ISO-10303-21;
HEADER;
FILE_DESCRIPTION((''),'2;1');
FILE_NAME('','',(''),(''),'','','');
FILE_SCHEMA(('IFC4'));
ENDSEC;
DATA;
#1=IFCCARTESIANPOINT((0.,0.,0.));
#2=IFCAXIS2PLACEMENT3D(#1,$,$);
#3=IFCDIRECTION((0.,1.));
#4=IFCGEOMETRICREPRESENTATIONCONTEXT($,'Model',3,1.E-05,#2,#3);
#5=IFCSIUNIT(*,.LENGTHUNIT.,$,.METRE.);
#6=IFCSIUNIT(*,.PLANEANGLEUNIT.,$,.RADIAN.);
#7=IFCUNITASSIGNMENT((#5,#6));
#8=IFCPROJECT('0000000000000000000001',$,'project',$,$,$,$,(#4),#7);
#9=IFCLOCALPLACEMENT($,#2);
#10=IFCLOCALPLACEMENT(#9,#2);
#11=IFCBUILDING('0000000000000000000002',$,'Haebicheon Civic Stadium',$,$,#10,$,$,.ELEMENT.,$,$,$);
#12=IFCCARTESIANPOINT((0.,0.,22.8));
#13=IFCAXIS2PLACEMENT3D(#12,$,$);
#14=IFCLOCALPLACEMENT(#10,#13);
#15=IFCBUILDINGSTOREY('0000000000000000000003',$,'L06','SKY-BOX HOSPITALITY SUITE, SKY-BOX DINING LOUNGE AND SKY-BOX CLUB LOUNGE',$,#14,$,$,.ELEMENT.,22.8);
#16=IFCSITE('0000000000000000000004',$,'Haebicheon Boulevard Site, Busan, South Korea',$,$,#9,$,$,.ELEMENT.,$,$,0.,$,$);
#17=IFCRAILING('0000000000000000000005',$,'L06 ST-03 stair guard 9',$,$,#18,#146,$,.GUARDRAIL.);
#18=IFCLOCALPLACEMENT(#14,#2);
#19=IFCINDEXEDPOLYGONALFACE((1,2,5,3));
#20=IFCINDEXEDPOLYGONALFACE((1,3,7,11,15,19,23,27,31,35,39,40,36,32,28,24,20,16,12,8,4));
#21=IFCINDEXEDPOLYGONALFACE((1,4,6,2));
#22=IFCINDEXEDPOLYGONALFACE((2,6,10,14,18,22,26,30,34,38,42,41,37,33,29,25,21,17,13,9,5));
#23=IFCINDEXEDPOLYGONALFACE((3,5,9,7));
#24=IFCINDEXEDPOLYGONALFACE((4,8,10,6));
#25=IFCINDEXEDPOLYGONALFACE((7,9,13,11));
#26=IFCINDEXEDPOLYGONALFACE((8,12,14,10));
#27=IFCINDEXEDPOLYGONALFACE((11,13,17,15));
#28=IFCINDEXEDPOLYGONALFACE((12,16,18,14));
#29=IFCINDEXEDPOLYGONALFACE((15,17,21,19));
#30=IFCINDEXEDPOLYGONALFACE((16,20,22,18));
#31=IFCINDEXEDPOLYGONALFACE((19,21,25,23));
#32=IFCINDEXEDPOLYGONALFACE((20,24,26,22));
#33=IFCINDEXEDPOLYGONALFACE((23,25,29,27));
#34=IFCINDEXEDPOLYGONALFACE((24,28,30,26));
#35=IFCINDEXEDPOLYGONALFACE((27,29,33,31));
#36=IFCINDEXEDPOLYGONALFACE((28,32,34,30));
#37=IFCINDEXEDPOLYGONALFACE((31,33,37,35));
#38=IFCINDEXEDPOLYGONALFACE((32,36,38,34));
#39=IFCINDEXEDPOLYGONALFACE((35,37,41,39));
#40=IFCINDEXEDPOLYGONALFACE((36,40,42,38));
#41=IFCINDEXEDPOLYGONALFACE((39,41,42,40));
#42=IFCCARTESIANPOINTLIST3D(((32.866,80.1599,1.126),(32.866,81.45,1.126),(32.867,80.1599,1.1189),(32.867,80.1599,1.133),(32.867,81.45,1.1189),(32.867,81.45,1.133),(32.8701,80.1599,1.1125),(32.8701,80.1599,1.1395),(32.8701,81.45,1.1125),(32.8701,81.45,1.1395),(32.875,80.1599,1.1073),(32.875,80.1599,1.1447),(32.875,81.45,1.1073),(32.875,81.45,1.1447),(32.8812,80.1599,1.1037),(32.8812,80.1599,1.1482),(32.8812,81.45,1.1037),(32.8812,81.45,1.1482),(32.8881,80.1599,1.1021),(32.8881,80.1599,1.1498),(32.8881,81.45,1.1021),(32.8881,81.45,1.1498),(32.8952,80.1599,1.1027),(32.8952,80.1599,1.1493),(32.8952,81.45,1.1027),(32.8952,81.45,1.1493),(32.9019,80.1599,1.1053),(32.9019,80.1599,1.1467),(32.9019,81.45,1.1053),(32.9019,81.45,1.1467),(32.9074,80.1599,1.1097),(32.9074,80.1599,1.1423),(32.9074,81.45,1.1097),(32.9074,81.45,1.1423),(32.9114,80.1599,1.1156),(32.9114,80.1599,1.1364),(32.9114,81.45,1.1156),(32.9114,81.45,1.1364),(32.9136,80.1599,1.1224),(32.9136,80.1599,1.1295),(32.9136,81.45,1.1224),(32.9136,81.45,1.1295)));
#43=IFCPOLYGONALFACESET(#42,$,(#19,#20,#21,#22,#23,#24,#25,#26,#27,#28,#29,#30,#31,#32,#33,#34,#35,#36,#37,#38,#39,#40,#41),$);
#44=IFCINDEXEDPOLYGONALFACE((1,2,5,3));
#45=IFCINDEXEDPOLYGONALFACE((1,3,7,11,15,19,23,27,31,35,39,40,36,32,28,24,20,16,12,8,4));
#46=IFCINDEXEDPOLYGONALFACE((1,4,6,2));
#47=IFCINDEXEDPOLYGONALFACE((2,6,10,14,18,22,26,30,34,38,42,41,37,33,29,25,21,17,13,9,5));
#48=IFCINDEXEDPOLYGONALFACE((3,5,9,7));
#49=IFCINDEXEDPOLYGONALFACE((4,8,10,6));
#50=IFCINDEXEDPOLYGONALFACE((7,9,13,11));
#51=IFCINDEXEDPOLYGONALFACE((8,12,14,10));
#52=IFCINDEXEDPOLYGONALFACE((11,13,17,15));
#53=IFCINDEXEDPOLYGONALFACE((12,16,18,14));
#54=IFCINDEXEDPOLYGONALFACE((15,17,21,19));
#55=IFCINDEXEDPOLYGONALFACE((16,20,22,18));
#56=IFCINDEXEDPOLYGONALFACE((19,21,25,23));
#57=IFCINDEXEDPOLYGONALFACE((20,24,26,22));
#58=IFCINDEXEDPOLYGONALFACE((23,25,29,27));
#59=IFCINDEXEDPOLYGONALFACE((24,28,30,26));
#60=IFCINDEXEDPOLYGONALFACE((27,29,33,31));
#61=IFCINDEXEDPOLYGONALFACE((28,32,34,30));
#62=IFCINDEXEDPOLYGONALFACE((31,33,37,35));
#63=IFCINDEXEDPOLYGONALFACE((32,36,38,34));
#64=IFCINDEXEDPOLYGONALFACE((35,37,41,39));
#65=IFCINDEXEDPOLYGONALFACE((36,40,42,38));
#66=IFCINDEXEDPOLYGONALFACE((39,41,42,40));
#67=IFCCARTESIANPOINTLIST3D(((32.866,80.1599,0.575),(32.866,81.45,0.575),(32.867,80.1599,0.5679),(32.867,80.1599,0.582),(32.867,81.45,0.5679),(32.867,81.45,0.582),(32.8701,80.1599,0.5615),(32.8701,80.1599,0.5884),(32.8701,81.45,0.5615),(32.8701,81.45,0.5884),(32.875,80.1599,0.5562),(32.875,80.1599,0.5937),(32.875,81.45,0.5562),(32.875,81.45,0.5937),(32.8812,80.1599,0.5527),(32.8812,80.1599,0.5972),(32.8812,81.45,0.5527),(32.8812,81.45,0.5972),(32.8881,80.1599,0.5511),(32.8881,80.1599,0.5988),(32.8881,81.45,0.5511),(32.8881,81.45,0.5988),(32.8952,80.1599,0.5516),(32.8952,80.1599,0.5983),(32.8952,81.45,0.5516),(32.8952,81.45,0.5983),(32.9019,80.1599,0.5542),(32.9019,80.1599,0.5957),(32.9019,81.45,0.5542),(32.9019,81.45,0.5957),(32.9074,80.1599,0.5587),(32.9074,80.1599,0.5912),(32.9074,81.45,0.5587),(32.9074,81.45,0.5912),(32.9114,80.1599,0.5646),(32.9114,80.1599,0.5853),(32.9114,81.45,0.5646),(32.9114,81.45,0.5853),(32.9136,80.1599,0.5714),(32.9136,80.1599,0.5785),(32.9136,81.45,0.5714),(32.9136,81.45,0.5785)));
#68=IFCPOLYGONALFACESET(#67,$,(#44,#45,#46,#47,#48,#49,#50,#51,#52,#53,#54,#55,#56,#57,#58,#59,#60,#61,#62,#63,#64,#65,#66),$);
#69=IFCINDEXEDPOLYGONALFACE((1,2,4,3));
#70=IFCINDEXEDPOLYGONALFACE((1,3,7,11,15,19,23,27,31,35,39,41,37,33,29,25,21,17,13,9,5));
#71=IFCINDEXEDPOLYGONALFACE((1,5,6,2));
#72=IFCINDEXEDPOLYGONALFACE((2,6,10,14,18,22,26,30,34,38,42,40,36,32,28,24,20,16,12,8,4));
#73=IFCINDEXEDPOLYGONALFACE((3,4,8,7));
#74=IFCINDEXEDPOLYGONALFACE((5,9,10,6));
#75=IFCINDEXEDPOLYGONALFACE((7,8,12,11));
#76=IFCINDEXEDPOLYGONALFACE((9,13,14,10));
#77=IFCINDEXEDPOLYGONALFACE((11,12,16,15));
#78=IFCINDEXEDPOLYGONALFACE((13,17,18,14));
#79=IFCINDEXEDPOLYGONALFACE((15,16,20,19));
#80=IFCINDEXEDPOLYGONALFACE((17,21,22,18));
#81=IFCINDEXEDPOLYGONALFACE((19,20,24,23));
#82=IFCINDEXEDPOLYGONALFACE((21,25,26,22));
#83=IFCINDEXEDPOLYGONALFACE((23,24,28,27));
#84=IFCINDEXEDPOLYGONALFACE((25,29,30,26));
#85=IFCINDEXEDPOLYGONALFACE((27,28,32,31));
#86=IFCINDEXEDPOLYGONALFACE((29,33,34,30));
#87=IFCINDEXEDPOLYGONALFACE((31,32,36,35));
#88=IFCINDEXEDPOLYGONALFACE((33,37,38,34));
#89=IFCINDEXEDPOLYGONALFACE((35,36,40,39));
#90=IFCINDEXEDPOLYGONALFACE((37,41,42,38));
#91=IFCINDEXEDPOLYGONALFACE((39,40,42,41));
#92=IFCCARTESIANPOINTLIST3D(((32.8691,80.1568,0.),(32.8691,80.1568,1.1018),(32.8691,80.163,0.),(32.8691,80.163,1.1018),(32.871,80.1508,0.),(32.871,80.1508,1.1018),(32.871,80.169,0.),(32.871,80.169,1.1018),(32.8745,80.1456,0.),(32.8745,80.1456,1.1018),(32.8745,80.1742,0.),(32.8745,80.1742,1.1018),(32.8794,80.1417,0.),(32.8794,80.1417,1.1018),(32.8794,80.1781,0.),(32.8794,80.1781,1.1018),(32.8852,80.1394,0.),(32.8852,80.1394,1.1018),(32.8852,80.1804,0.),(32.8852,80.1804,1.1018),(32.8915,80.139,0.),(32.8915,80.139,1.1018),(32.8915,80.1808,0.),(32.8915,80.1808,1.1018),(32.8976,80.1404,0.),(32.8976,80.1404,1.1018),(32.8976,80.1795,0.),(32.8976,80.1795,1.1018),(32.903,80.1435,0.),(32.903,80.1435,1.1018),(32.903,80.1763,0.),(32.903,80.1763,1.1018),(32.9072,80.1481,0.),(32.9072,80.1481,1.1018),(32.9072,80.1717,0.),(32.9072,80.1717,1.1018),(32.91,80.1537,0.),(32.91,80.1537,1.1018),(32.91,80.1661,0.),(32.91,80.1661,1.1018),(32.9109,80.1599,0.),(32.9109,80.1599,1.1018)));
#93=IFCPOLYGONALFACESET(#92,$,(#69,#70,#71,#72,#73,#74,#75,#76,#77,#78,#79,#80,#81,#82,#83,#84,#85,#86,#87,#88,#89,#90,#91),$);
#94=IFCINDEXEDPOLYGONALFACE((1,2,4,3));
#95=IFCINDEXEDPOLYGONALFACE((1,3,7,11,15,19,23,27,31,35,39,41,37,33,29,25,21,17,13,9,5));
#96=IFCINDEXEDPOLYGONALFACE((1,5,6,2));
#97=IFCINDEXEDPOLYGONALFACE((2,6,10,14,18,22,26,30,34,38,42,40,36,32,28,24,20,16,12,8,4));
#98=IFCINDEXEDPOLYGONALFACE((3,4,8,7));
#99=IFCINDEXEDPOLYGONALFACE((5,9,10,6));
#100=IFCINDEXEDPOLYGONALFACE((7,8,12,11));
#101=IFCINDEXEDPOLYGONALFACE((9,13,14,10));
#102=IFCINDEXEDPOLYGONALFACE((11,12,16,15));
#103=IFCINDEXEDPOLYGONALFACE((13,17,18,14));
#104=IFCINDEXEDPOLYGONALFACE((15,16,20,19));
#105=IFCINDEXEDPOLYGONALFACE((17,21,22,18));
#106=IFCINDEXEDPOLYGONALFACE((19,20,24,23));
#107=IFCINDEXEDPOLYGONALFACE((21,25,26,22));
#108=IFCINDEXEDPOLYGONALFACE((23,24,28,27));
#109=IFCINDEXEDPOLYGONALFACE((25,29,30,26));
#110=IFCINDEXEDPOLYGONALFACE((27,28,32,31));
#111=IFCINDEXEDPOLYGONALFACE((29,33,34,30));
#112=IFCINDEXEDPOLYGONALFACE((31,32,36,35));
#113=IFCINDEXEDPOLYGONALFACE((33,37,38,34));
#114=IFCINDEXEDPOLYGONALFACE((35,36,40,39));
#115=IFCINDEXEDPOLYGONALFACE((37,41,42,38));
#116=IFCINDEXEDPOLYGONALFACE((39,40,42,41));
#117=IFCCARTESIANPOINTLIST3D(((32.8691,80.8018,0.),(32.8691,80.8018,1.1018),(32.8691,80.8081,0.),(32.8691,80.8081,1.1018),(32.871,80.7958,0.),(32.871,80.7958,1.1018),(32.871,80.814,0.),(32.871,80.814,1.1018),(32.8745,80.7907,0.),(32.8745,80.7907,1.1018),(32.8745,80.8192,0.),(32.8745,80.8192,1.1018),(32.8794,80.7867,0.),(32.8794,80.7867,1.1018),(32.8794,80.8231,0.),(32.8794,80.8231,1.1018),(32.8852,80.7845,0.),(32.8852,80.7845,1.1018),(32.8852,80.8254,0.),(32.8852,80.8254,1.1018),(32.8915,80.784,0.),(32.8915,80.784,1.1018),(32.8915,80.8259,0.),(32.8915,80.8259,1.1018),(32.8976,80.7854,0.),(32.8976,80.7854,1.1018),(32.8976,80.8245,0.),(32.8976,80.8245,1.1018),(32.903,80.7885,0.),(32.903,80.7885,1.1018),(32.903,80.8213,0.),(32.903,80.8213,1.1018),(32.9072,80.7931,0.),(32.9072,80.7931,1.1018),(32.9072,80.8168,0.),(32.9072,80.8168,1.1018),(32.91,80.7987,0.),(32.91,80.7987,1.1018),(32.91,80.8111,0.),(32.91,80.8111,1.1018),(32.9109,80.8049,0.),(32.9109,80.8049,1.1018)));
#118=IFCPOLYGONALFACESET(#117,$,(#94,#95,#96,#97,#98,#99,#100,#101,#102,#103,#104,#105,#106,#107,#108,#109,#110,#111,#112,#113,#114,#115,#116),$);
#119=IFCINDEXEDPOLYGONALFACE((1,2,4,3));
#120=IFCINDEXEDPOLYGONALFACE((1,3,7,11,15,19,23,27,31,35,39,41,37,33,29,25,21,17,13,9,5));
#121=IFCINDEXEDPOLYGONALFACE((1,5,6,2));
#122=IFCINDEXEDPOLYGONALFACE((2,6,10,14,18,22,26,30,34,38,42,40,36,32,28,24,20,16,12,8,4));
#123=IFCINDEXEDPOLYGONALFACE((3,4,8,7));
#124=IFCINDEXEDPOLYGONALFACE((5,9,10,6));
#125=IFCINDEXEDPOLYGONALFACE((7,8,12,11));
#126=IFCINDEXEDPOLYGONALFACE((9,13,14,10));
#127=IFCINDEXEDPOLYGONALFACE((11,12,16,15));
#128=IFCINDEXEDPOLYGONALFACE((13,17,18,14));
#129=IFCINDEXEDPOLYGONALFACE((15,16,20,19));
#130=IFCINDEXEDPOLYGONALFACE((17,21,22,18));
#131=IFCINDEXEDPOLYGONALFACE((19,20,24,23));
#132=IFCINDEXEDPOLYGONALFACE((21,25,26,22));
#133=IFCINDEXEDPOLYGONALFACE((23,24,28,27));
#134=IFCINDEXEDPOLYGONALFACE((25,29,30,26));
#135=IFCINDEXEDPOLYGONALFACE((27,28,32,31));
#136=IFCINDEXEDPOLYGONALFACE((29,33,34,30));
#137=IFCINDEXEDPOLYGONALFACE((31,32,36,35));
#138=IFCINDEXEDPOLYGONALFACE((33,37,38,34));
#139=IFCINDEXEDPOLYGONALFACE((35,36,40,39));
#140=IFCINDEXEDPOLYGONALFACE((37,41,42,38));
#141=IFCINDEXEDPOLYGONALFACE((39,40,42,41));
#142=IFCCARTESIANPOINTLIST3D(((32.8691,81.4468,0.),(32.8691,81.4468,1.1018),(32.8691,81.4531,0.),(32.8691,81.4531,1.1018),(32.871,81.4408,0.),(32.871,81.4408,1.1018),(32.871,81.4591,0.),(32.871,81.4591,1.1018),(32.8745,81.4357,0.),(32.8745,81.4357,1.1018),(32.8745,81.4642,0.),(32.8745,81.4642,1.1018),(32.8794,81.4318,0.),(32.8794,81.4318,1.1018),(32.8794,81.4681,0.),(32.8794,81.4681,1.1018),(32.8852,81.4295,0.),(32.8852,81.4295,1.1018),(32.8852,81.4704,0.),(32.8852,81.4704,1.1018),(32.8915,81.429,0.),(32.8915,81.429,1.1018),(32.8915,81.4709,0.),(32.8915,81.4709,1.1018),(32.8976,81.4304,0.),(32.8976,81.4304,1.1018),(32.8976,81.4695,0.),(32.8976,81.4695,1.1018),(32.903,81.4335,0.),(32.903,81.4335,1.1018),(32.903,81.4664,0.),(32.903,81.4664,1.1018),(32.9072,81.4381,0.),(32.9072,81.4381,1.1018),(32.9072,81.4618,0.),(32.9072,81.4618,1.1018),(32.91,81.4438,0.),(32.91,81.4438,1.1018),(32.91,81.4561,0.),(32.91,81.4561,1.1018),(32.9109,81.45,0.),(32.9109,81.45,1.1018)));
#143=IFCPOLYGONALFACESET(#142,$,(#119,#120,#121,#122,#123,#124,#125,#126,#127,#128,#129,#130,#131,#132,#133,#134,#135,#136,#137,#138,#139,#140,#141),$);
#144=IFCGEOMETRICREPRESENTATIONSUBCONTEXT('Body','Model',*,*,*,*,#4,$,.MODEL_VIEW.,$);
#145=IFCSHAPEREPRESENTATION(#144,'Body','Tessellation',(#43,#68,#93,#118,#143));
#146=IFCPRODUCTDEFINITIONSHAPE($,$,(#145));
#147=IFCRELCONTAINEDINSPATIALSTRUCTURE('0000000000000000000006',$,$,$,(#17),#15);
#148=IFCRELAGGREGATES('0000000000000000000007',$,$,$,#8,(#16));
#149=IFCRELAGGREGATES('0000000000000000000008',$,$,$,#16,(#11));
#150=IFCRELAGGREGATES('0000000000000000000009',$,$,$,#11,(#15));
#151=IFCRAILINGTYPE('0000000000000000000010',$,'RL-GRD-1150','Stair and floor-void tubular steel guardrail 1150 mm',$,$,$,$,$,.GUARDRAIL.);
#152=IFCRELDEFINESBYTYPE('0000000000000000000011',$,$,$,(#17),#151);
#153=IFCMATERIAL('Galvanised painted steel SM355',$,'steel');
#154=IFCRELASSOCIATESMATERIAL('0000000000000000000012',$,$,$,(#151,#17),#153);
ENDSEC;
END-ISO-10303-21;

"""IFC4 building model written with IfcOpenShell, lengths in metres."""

from ifc_helpers import new_model, si_unit, direction, frame, origin, origin_2d, place, context, subcontext, project, spatial, circle, extrude, material, type_object, element, save


model = new_model("IFC4")

# Units and contexts
model_context = context("Model", 3, precision=1e-05, world=origin(), true_north=direction((0.0, 1.0)))
body_context = subcontext(model_context, "Body", "Model", "MODEL_VIEW")
ifc_project = project(units=[si_unit("LENGTHUNIT", "METRE"), si_unit("PLANEANGLEUNIT", "RADIAN")], contexts=[model_context])

# Site, building, storey
site_placement = place(None, origin())
site = spatial("IfcSite", under=ifc_project, at=site_placement, Name="Haebicheon Boulevard Site, Busan, South Korea", CompositionType="ELEMENT", RefElevation=0.0)
building_placement = place(site_placement, origin())
building = spatial("IfcBuilding", under=site, at=building_placement, Name="Haebicheon Civic Stadium", CompositionType="ELEMENT")
storey_placement = place(building_placement, frame((0.0, 0.0, 22.8)))
storey = spatial("IfcBuildingStorey", under=building, at=storey_placement, Name="L06", Description="SKY-BOX HOSPITALITY SUITE, SKY-BOX DINING LOUNGE AND SKY-BOX CLUB LOUNGE", CompositionType="ELEMENT", Elevation=22.8)

# Railing
ifc_material_1 = material(Name="Galvanised painted steel SM355", Category="steel")
railing_type = type_object("IfcRailingType", Name="RL-GRD-1150", Description="Stair and floor-void tubular steel guardrail 1150 mm", PredefinedType="GUARDRAIL", material=ifc_material_1)
for number, where, name in (
    (1, (32.8899, 80.1599, 0.0), "L06 ST-03 stair guard 9"),
):
    element("IfcRailing", number, at=place(storey_placement, frame(where)), inside=storey, type_object=railing_type, material=ifc_material_1, Name=name, PredefinedType="GUARDRAIL", context=body_context, shape_type="SweptSolid", body=[
        extrude(circle(Radius=0.0239, at=origin_2d()), frame((0.0, 0.0, 1.126), z_axis=(0.0, 1.0, 0.0), x_axis=(-1.0, 0.0, 0.0)), (0.0, 0.0, 1.0), 1.29),
        extrude(circle(Radius=0.0239, at=origin_2d()), frame((0.0, 0.0, 0.575), z_axis=(0.0, 1.0, 0.0), x_axis=(-1.0, 0.0, 0.0)), (0.0, 0.0, 1.0), 1.29),
        extrude(circle(Radius=0.021, at=origin_2d()), origin(), (0.0, 0.0, 1.0), 1.1018),
        extrude(circle(Radius=0.021, at=origin_2d()), frame((0.0, 0.645, 0.0)), (0.0, 0.0, 1.0), 1.1018),
        extrude(circle(Radius=0.021, at=origin_2d()), frame((0.0, 1.29, 0.0)), (0.0, 0.0, 1.0), 1.1018),
    ])

save(model, "model.ifc")
